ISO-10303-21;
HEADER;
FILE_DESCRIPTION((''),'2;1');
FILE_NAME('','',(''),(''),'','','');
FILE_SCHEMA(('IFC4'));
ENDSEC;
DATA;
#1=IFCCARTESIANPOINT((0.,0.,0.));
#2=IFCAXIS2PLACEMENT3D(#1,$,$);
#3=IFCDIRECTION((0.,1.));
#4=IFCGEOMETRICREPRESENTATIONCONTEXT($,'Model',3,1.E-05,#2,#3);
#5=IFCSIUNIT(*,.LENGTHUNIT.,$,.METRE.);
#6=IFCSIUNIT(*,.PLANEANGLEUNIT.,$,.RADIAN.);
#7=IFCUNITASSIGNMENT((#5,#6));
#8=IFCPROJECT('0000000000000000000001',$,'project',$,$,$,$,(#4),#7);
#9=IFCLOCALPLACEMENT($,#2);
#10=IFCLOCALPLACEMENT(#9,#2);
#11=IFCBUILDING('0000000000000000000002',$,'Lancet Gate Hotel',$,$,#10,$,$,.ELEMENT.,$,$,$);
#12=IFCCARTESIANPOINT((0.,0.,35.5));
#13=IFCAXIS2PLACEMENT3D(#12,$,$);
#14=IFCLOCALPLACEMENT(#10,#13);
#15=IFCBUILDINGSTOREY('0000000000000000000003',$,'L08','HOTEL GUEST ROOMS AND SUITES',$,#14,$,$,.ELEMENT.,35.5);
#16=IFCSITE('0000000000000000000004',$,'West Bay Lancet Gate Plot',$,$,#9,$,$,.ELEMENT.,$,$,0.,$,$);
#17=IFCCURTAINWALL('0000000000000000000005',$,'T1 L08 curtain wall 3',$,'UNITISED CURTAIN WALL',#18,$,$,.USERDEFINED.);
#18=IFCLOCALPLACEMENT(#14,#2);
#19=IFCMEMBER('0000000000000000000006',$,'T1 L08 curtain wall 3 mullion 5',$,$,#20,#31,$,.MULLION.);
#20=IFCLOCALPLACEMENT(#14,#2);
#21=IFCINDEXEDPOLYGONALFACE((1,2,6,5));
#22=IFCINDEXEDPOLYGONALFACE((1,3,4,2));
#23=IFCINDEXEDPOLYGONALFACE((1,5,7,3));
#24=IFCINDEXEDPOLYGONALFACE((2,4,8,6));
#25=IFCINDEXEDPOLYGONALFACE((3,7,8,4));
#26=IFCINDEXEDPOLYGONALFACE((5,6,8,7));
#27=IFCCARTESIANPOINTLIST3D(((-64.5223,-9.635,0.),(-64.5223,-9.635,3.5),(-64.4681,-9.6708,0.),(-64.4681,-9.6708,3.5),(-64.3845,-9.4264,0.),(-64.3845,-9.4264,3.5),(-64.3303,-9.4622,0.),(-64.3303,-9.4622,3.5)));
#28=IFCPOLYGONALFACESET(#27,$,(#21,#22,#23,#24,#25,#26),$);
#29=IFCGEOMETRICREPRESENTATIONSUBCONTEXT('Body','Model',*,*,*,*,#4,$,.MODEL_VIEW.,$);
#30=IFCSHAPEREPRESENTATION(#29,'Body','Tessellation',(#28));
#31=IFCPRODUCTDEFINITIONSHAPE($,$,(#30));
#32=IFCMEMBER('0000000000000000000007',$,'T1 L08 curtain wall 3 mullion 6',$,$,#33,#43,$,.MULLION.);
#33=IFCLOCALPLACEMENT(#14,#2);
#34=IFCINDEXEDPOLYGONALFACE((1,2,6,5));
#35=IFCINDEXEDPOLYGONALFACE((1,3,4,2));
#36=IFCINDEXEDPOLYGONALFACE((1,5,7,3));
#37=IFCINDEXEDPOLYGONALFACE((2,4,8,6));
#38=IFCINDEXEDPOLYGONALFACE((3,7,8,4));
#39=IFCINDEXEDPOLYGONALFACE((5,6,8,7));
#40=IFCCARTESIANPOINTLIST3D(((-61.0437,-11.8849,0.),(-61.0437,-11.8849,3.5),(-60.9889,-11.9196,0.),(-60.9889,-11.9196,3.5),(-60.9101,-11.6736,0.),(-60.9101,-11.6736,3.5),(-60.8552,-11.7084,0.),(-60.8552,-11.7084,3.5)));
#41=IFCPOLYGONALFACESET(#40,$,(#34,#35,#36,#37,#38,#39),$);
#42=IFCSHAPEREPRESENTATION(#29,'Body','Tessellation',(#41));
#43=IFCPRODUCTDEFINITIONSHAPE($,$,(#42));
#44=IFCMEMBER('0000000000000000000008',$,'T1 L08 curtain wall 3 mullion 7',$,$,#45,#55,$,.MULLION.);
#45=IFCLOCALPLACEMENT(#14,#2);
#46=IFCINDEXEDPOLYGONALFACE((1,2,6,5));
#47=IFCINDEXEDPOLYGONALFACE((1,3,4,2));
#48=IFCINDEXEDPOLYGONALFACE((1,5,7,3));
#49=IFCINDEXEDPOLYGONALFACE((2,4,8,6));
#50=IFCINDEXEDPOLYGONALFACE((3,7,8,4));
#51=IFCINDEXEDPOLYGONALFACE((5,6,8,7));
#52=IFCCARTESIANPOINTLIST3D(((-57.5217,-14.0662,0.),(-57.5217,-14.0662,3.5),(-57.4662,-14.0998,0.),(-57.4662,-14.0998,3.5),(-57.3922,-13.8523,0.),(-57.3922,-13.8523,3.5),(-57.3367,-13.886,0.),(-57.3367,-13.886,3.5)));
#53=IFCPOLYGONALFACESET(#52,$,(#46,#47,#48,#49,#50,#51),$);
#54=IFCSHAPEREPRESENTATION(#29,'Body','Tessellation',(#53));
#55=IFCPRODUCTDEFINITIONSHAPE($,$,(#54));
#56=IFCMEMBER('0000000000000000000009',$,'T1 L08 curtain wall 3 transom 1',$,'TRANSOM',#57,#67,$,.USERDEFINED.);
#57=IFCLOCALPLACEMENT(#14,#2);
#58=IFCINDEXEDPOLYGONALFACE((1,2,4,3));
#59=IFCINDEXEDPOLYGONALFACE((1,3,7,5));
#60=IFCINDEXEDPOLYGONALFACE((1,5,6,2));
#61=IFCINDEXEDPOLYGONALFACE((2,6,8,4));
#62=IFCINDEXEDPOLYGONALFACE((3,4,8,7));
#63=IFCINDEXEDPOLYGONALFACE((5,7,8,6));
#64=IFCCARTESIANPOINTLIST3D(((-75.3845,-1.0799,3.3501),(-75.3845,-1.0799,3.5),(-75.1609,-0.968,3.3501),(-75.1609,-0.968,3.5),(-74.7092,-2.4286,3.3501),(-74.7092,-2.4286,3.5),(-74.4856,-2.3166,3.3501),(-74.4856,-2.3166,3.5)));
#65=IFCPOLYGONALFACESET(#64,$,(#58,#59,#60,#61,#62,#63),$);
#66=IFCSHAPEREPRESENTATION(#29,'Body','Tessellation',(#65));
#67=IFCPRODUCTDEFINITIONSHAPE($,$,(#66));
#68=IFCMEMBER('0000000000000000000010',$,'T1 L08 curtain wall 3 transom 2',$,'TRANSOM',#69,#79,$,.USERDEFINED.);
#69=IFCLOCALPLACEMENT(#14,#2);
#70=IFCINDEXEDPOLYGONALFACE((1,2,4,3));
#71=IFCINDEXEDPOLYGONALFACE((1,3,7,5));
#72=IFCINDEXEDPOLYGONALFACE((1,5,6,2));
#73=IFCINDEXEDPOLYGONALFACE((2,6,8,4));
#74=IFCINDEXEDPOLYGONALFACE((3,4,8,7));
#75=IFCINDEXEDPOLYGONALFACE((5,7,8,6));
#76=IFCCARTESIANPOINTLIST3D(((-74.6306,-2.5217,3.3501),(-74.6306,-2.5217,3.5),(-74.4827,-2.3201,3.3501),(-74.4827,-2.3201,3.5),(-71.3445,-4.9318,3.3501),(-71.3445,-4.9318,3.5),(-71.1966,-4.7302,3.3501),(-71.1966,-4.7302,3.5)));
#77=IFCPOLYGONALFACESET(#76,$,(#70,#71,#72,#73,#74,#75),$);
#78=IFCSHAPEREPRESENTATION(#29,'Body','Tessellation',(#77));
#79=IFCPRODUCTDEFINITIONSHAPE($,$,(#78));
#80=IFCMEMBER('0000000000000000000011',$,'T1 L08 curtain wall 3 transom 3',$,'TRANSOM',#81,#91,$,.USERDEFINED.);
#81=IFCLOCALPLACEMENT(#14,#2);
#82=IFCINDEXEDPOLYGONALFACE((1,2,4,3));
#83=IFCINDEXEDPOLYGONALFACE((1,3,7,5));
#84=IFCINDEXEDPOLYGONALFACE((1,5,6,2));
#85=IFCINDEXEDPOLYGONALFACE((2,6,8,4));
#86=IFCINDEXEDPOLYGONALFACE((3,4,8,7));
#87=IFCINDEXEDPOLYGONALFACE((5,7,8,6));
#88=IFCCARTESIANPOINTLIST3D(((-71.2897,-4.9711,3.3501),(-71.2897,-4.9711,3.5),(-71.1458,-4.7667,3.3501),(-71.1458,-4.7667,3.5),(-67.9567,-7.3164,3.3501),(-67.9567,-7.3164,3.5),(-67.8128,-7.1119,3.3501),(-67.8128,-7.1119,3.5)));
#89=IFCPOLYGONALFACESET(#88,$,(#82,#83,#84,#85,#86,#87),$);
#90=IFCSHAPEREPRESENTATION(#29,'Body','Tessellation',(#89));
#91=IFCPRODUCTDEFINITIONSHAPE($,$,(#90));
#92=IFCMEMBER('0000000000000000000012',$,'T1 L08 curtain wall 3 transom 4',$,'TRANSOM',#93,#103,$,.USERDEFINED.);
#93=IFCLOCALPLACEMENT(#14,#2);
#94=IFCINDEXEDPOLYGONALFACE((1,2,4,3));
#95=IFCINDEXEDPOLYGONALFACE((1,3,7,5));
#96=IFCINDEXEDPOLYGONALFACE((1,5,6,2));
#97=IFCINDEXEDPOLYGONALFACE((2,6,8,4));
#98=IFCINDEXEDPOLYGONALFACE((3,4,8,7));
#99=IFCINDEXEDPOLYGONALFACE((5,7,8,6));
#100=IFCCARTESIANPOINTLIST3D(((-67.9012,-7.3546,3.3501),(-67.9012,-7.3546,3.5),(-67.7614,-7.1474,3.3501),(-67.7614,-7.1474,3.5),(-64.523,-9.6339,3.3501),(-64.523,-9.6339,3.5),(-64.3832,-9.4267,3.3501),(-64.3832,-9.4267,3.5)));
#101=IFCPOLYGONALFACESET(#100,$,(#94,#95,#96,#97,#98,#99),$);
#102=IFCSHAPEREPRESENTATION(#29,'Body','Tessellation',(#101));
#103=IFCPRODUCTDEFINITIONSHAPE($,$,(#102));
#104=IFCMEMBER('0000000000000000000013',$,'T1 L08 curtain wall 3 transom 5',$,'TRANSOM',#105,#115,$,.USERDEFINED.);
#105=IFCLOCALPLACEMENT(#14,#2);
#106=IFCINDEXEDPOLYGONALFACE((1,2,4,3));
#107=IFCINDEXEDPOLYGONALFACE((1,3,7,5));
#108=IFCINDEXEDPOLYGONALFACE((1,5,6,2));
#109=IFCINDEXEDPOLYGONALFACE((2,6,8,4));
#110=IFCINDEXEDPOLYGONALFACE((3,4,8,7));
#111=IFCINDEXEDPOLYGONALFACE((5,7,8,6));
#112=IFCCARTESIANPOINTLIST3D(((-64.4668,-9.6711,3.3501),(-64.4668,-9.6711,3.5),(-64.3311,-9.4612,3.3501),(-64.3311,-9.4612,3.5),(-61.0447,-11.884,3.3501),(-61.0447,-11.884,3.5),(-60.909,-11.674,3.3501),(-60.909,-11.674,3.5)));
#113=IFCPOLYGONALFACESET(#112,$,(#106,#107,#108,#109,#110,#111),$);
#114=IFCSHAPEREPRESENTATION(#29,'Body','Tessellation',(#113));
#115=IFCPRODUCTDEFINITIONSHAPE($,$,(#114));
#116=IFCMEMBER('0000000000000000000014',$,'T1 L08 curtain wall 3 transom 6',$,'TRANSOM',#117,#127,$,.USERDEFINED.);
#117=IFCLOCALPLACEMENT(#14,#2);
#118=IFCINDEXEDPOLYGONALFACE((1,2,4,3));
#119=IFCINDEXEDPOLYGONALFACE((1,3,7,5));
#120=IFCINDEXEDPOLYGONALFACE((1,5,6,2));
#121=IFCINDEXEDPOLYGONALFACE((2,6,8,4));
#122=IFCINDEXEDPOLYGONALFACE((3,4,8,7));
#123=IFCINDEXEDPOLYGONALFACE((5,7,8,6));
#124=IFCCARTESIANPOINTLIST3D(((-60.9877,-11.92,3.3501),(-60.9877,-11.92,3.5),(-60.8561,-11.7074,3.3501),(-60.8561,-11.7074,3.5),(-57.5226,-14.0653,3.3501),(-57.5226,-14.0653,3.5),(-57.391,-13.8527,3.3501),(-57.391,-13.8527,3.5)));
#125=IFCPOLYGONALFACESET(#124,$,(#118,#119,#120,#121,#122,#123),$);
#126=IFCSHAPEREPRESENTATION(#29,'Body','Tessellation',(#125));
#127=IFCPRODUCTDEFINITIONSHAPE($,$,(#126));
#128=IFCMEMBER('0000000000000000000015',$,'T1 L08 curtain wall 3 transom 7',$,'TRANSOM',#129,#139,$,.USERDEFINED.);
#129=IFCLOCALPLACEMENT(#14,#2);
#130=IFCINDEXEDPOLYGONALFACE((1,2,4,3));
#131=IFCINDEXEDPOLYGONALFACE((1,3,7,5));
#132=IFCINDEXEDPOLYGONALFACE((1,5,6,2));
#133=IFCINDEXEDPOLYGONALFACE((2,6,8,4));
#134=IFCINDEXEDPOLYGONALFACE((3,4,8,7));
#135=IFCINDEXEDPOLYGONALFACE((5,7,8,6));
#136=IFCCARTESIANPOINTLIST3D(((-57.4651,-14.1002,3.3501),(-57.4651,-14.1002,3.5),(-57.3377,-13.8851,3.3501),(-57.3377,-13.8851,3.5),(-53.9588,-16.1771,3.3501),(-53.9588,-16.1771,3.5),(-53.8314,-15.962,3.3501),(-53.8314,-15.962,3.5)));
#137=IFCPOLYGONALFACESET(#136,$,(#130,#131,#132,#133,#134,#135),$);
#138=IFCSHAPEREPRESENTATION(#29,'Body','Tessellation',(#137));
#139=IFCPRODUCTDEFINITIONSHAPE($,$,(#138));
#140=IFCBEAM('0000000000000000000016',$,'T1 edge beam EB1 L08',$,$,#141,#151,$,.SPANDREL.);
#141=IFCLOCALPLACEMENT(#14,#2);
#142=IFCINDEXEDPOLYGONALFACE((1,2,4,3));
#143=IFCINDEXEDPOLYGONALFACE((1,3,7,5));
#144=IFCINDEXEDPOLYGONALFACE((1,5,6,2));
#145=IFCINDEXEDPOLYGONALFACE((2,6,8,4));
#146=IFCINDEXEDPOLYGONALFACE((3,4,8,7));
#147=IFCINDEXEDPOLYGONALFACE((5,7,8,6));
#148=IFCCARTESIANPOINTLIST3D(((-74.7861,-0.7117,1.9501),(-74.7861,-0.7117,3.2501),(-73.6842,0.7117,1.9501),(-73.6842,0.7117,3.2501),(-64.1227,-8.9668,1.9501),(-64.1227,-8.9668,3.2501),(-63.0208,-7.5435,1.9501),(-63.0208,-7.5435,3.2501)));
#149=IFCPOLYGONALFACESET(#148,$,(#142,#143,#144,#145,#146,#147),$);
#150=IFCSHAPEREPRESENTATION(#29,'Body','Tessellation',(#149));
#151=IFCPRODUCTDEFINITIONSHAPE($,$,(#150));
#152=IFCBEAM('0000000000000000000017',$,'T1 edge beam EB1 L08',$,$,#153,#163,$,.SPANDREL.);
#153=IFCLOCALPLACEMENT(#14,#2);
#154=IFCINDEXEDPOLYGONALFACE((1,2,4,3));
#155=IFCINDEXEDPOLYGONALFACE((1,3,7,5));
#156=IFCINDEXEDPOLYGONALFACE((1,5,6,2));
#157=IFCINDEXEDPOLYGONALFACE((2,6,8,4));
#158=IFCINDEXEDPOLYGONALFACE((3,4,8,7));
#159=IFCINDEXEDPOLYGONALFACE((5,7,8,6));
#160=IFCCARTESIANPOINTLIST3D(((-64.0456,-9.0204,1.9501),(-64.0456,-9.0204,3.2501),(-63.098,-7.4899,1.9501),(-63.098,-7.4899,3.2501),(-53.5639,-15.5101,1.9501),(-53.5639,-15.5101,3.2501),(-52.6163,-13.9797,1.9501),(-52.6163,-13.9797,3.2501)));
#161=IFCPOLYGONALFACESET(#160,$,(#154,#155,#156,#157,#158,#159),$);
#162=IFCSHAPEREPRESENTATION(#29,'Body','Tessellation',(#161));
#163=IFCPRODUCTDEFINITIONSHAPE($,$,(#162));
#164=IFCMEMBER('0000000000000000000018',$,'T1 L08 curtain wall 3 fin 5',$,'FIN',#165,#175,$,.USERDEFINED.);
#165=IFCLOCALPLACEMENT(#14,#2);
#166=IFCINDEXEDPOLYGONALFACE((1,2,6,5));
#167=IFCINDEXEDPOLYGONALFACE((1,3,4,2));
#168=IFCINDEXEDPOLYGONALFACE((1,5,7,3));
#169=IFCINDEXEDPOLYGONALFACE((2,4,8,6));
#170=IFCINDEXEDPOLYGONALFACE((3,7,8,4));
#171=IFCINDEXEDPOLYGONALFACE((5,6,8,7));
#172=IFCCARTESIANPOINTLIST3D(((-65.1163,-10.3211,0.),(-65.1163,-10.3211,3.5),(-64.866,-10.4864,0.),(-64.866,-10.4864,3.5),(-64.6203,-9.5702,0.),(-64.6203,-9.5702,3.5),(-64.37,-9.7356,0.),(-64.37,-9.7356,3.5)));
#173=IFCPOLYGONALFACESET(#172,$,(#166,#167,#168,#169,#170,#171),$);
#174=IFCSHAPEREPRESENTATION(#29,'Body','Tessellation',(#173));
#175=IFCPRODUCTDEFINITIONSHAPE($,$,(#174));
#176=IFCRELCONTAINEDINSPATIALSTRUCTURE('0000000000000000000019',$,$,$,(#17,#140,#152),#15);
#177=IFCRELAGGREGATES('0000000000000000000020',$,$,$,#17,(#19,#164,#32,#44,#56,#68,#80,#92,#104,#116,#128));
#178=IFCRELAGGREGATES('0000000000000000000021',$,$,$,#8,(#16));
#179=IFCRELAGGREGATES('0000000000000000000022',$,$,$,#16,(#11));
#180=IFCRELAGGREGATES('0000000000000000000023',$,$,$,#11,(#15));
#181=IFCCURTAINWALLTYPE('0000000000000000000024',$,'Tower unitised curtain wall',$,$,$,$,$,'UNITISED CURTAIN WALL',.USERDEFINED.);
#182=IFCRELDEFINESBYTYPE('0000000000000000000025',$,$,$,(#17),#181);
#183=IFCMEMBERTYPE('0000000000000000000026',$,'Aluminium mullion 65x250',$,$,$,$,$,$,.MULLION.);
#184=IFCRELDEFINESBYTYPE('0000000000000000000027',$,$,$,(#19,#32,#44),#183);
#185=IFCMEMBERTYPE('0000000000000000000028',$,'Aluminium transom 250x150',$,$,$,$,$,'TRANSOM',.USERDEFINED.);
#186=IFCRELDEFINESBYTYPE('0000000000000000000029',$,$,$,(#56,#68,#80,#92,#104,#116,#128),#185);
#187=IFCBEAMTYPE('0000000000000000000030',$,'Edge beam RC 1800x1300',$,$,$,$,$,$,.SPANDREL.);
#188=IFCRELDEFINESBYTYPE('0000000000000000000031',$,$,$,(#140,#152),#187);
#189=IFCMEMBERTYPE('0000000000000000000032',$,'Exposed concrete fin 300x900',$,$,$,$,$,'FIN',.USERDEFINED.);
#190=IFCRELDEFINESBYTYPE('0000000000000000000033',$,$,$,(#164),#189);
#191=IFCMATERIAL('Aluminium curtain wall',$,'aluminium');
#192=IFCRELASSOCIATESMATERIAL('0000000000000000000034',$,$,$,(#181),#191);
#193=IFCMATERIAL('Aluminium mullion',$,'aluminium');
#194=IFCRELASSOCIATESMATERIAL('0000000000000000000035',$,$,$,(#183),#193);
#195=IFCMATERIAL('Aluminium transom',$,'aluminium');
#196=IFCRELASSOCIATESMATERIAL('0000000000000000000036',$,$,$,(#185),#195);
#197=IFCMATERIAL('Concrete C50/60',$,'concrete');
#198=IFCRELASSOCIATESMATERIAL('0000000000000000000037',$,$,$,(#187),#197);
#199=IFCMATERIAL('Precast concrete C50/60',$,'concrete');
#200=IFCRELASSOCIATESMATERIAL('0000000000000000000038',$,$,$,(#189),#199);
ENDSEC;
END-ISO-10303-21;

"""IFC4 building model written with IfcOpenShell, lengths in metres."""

from ifc_helpers import new_model, si_unit, direction, frame, origin, origin_2d, place, context, subcontext, project, spatial, rectangle, extrude, material, material_profile, profile_set, type_object, element, aggregate, save


model = new_model("IFC4")

# Units and contexts
model_context = context("Model", 3, precision=1e-05, world=origin(), true_north=direction((0.0, 1.0)))
body_context = subcontext(model_context, "Body", "Model", "MODEL_VIEW")
ifc_project = project(units=[si_unit("LENGTHUNIT", "METRE"), si_unit("PLANEANGLEUNIT", "RADIAN")], contexts=[model_context])

# Site, building, storey
site_placement = place(None, origin())
site = spatial("IfcSite", under=ifc_project, at=site_placement, Name="West Bay Lancet Gate Plot", CompositionType="ELEMENT", RefElevation=0.0)
building_placement = place(site_placement, origin())
building = spatial("IfcBuilding", under=site, at=building_placement, Name="Lancet Gate Hotel", CompositionType="ELEMENT")
storey_placement = place(building_placement, frame((0.0, 0.0, 35.5)))
storey = spatial("IfcBuildingStorey", under=building, at=storey_placement, Name="L08", Description="HOTEL GUEST ROOMS AND SUITES", CompositionType="ELEMENT", Elevation=35.5)

# Shared definitions
ifc_material_1 = material(Name="Aluminium curtain wall", Category="aluminium")
curtain_wall_type = type_object("IfcCurtainWallType", Name="Tower unitised curtain wall", ElementType="UNITISED CURTAIN WALL", PredefinedType="USERDEFINED", material=ifc_material_1)
ifc_material_2 = material(Name="Aluminium mullion", Category="aluminium")
ifc_material_profile_1 = material_profile(ifc_material_2, rectangle(XDim=0.0649, YDim=0.25, at=origin_2d()), Name="MULLION 65x250")
ifc_profile_set_1 = profile_set([ifc_material_profile_1], Name="Aluminium mullion")
member_type_1 = type_object("IfcMemberType", Name="Aluminium mullion 65x250", PredefinedType="MULLION", material=ifc_profile_set_1)

# Curtain wall, members
curtain_wall_1_placement = place(storey_placement, origin())
curtain_wall_1 = element("IfcCurtainWall", 1, at=curtain_wall_1_placement, inside=storey, type_object=curtain_wall_type, Name="T1 L08 curtain wall 3", ObjectType="UNITISED CURTAIN WALL", PredefinedType="USERDEFINED")
member_1_placement = place(storey_placement, frame((-64.4263, -9.5486, 0.0), z_axis=(0.0, 0.0, 1.0), x_axis=(0.834387, -0.551178, 0.0)))
member_1 = element("IfcMember", 2, at=member_1_placement, type_object=member_type_1, Name="T1 L08 curtain wall 3 mullion 5", PredefinedType="MULLION", context=body_context, shape_type="SweptSolid", body=[
    extrude(rectangle(XDim=0.0649, YDim=0.25, at=origin_2d()), origin(), (0.0, 0.0, 1.0), 3.5),
])
member_2_placement = place(storey_placement, frame((-60.9495, -11.7966, 0.0), z_axis=(0.0, 0.0, 1.0), x_axis=(0.845029, -0.53472, 0.0)))
member_2 = element("IfcMember", 3, at=member_2_placement, type_object=member_type_1, Name="T1 L08 curtain wall 3 mullion 6", PredefinedType="MULLION", context=body_context, shape_type="SweptSolid", body=[
    extrude(rectangle(XDim=0.0649, YDim=0.25, at=origin_2d()), origin(), (0.0, 0.0, 1.0), 3.5),
])
member_3_placement = place(storey_placement, frame((-57.4292, -13.9761, 0.0), z_axis=(0.0, 0.0, 1.0), x_axis=(0.855346, -0.518057, 0.0)))
member_3 = element("IfcMember", 4, at=member_3_placement, type_object=member_type_1, Name="T1 L08 curtain wall 3 mullion 7", PredefinedType="MULLION", context=body_context, shape_type="SweptSolid", body=[
    extrude(rectangle(XDim=0.0649, YDim=0.25, at=origin_2d()), origin(), (0.0, 0.0, 1.0), 3.5),
])
ifc_material_3 = material(Name="Aluminium transom", Category="aluminium")
ifc_material_profile_2 = material_profile(ifc_material_3, rectangle(XDim=0.25, YDim=0.1499, at=origin_2d()), Name="TRANSOM 250x150")
ifc_profile_set_2 = profile_set([ifc_material_profile_2], Name="Aluminium transom")
member_type_2 = type_object("IfcMemberType", Name="Aluminium transom 250x150", ElementType="TRANSOM", PredefinedType="USERDEFINED", material=ifc_profile_set_2)
member_4_placement = place(storey_placement, frame((-75.2727, -1.0239, 3.425), z_axis=(0.447732, -0.894168, 0.0), x_axis=(0.894168, 0.447732, 0.0)))
member_4 = element("IfcMember", 5, at=member_4_placement, type_object=member_type_2, Name="T1 L08 curtain wall 3 transom 1", ObjectType="TRANSOM", PredefinedType="USERDEFINED", context=body_context, shape_type="SweptSolid", body=[
    extrude(rectangle(XDim=0.25, YDim=0.1499, at=origin_2d()), origin(), (0.0, 0.0, 1.0), 1.5083),
])
member_5_placement = place(storey_placement, frame((-74.5566, -2.4209, 3.425), z_axis=(0.806367, -0.591416, 0.0), x_axis=(0.591416, 0.806367, 0.0)))
member_5 = element("IfcMember", 6, at=member_5_placement, type_object=member_type_2, Name="T1 L08 curtain wall 3 transom 2", ObjectType="TRANSOM", PredefinedType="USERDEFINED", context=body_context, shape_type="SweptSolid", body=[
    extrude(rectangle(XDim=0.25, YDim=0.1499, at=origin_2d()), origin(), (0.0, 0.0, 1.0), 4.0752),
])
member_6_placement = place(storey_placement, frame((-71.2178, -4.8689, 3.425), z_axis=(0.817834, -0.575455, 0.0), x_axis=(0.575455, 0.817834, 0.0)))
member_6 = element("IfcMember", 7, at=member_6_placement, type_object=member_type_2, Name="T1 L08 curtain wall 3 transom 3", ObjectType="TRANSOM", PredefinedType="USERDEFINED", context=body_context, shape_type="SweptSolid", body=[
    extrude(rectangle(XDim=0.25, YDim=0.1499, at=origin_2d()), origin(), (0.0, 0.0, 1.0), 4.0754),
])
member_7_placement = place(storey_placement, frame((-67.8313, -7.251, 3.425), z_axis=(0.828959, -0.559309, 0.0), x_axis=(0.559309, 0.828959, 0.0)))
member_7 = element("IfcMember", 8, at=member_7_placement, type_object=member_type_2, Name="T1 L08 curtain wall 3 transom 4", ObjectType="TRANSOM", PredefinedType="USERDEFINED", context=body_context, shape_type="SweptSolid", body=[
    extrude(rectangle(XDim=0.25, YDim=0.1499, at=origin_2d()), origin(), (0.0, 0.0, 1.0), 4.0752),
])
member_8_placement = place(storey_placement, frame((-64.3989, -9.5662, 3.425), z_axis=(0.839729, -0.543005, 0.0), x_axis=(0.543005, 0.839729, 0.0)))
member_8 = element("IfcMember", 9, at=member_8_placement, type_object=member_type_2, Name="T1 L08 curtain wall 3 transom 5", ObjectType="TRANSOM", PredefinedType="USERDEFINED", context=body_context, shape_type="SweptSolid", body=[
    extrude(rectangle(XDim=0.25, YDim=0.1499, at=origin_2d()), origin(), (0.0, 0.0, 1.0), 4.0752),
])
member_9_placement = place(storey_placement, frame((-60.9219, -11.8137, 3.425), z_axis=(0.850242, -0.526392, 0.0), x_axis=(0.526392, 0.850242, 0.0)))
member_9 = element("IfcMember", 10, at=member_9_placement, type_object=member_type_2, Name="T1 L08 curtain wall 3 transom 6", ObjectType="TRANSOM", PredefinedType="USERDEFINED", context=body_context, shape_type="SweptSolid", body=[
    extrude(rectangle(XDim=0.25, YDim=0.1499, at=origin_2d()), origin(), (0.0, 0.0, 1.0), 4.0754),
])
member_10_placement = place(storey_placement, frame((-57.4014, -13.9927, 3.425), z_axis=(0.860392, -0.509633, 0.0), x_axis=(0.509633, 0.860392, 0.0)))
member_10 = element("IfcMember", 11, at=member_10_placement, type_object=member_type_2, Name="T1 L08 curtain wall 3 transom 7", ObjectType="TRANSOM", PredefinedType="USERDEFINED", context=body_context, shape_type="SweptSolid", body=[
    extrude(rectangle(XDim=0.25, YDim=0.1499, at=origin_2d()), origin(), (0.0, 0.0, 1.0), 4.0752),
])

# Beams
ifc_material_4 = material(Name="Concrete C50/60", Category="concrete")
ifc_material_profile_3 = material_profile(ifc_material_4, rectangle(XDim=1.8, YDim=1.3, at=origin_2d()), Name="RC 1800x1300")
ifc_profile_set_3 = profile_set([ifc_material_profile_3], Name="Concrete C50/60")
beam_type_1 = type_object("IfcBeamType", Name="Edge beam RC 1800x1300", PredefinedType="SPANDREL", material=ifc_profile_set_3)
beam_1_placement = place(storey_placement, frame((-74.2351, 0.0, 2.6001), z_axis=(0.790736, -0.612157, 0.0), x_axis=(0.612157, 0.790736, 0.0)))
element("IfcBeam", 12, at=beam_1_placement, inside=storey, type_object=beam_type_1, Name="T1 edge beam EB1 L08", PredefinedType="SPANDREL", context=body_context, shape_type="SweptSolid", body=[
    extrude(rectangle(XDim=1.8, YDim=1.3, at=origin_2d()), origin(), (0.0, 0.0, 1.0), 13.4854),
])
beam_2_placement = place(storey_placement, frame((-63.5718, -8.2551, 2.6001), z_axis=(0.850226, -0.526418, 0.0), x_axis=(0.526418, 0.850226, 0.0)))
element("IfcBeam", 13, at=beam_2_placement, inside=storey, type_object=beam_type_1, Name="T1 edge beam EB1 L08", PredefinedType="SPANDREL", context=body_context, shape_type="SweptSolid", body=[
    extrude(rectangle(XDim=1.8, YDim=1.3, at=origin_2d()), origin(), (0.0, 0.0, 1.0), 12.3281),
])

# Member
ifc_material_5 = material(Name="Precast concrete C50/60", Category="concrete")
ifc_material_profile_4 = material_profile(ifc_material_5, rectangle(XDim=0.3, YDim=0.8999, at=origin_2d()), Name="FIN 300x900")
ifc_profile_set_4 = profile_set([ifc_material_profile_4], Name="Precast concrete C50/60")
member_type_3 = type_object("IfcMemberType", Name="Exposed concrete fin 300x900", ElementType="FIN", PredefinedType="USERDEFINED", material=ifc_profile_set_4)
member_11_placement = place(storey_placement, frame((-64.7432, -10.0283, 0.0), z_axis=(0.0, 0.0, 1.0), x_axis=(0.834387, -0.551178, 0.0)))
member_11 = element("IfcMember", 14, at=member_11_placement, type_object=member_type_3, Name="T1 L08 curtain wall 3 fin 5", ObjectType="FIN", PredefinedType="USERDEFINED", context=body_context, shape_type="SweptSolid", body=[
    extrude(rectangle(XDim=0.3, YDim=0.8999, at=origin_2d()), origin(), (0.0, 0.0, 1.0), 3.5),
])

aggregate(curtain_wall_1, [member_1, member_11, member_2, member_3, member_4, member_5, member_6, member_7, member_8, member_9, member_10])

save(model, "model.ifc")
